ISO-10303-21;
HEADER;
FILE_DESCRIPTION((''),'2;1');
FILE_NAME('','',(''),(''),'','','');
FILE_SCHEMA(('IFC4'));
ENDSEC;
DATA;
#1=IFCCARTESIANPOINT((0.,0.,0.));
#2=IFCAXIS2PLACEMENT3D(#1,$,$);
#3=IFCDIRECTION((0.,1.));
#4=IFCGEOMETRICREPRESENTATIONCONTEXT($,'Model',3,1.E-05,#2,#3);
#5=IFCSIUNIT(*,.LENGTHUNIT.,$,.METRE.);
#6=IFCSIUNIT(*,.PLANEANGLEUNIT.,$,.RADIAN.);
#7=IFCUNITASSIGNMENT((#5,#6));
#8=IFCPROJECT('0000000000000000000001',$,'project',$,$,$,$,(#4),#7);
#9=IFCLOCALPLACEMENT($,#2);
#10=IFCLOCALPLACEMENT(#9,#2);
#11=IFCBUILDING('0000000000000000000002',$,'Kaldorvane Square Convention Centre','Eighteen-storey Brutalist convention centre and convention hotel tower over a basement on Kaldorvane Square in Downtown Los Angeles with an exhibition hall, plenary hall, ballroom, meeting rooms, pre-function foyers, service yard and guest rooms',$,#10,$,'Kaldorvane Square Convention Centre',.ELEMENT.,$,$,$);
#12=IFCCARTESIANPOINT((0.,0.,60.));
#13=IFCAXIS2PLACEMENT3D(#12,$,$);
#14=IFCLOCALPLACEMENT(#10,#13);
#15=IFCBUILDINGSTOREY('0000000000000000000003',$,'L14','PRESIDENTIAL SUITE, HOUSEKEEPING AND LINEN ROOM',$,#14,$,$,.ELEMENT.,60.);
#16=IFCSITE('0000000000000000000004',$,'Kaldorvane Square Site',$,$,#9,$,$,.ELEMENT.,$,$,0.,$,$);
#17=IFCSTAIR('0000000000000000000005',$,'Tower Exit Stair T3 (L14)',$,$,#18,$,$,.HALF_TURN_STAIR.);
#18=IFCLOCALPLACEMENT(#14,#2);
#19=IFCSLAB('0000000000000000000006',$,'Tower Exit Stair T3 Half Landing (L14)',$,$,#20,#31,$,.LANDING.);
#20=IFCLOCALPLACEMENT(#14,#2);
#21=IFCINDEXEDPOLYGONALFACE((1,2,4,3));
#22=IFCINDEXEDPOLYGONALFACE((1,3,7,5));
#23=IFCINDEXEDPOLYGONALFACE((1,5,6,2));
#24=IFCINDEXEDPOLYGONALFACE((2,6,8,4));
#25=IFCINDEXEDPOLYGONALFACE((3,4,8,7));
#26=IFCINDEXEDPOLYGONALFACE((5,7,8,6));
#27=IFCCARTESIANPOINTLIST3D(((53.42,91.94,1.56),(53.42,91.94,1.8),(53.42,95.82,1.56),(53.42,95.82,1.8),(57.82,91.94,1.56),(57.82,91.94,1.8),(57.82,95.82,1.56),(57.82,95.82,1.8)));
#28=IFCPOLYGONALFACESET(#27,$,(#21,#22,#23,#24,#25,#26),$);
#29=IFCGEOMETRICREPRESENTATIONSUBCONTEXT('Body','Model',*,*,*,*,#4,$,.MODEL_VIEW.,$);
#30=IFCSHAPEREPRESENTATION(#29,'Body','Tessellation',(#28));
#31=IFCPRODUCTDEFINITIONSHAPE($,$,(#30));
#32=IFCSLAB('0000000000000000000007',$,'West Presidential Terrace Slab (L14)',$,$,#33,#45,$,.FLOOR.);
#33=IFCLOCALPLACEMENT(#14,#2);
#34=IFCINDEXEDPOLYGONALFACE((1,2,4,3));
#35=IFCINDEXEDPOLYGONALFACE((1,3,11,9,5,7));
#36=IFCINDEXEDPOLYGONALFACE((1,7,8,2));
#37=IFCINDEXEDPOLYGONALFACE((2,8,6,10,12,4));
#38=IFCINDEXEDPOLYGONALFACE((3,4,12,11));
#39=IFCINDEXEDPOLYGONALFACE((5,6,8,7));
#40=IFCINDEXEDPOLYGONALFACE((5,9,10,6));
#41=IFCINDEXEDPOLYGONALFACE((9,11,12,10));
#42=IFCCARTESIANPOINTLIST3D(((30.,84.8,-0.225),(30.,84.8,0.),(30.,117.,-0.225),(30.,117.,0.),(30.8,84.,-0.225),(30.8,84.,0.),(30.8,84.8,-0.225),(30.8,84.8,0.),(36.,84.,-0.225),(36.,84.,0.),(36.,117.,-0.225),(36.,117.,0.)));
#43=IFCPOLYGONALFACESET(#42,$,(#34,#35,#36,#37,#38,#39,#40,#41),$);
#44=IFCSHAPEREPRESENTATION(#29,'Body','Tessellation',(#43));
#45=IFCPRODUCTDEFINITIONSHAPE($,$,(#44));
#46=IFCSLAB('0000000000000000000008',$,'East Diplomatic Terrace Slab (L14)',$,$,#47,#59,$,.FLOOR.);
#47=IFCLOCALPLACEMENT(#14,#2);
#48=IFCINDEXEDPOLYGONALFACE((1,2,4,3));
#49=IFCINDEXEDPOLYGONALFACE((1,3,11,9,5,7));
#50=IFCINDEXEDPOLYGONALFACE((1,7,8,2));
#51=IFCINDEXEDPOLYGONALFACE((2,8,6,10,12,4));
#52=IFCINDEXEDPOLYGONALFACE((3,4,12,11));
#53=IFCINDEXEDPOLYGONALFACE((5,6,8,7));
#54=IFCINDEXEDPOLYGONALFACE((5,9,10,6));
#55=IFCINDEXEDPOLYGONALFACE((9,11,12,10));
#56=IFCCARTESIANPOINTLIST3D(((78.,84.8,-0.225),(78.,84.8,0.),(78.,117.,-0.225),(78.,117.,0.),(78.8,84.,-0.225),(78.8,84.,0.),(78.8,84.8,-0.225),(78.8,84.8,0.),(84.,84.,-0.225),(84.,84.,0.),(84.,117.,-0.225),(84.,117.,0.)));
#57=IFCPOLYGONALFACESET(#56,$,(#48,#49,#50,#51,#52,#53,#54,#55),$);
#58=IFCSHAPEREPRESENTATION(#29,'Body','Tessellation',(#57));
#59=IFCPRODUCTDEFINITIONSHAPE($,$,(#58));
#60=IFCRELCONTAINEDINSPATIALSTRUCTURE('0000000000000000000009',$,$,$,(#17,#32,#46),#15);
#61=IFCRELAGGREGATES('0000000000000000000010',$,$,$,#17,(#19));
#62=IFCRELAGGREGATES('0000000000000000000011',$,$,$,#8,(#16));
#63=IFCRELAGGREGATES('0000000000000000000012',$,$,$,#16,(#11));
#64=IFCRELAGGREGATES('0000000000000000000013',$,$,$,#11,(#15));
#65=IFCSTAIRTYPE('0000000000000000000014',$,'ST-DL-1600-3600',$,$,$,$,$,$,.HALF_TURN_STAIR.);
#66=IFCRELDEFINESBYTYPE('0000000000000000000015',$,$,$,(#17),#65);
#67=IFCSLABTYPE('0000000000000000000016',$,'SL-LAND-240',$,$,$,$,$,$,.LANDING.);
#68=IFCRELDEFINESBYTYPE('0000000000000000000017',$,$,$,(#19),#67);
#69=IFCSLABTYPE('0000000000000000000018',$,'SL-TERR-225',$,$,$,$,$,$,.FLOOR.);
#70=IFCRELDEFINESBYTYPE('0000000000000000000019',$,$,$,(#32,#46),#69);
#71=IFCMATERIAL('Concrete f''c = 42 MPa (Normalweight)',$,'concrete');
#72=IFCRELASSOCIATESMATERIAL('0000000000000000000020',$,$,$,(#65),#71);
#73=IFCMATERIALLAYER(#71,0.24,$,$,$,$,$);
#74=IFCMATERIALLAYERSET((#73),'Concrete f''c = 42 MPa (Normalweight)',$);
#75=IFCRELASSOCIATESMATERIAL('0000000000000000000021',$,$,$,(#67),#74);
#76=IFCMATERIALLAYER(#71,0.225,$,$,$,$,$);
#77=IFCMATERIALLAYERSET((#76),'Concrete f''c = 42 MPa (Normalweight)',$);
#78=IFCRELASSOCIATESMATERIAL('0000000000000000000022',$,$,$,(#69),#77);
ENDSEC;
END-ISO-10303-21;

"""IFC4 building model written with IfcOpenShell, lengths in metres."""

from ifc_helpers import new_model, si_unit, direction, frame, origin, place, context, subcontext, project, spatial, polyline, outline, extrude, material, layer, layer_set, type_object, element, aggregate, save


model = new_model("IFC4")

# Units and contexts
model_context = context("Model", 3, precision=1e-05, world=origin(), true_north=direction((0.0, 1.0)))
body_context = subcontext(model_context, "Body", "Model", "MODEL_VIEW")
ifc_project = project(units=[si_unit("LENGTHUNIT", "METRE"), si_unit("PLANEANGLEUNIT", "RADIAN")], contexts=[model_context])

# Site, building, storey
site_placement = place(None, origin())
site = spatial("IfcSite", under=ifc_project, at=site_placement, Name="Kaldorvane Square Site", CompositionType="ELEMENT", RefElevation=0.0)
building_placement = place(site_placement, origin())
building = spatial("IfcBuilding", under=site, at=building_placement, Name="Kaldorvane Square Convention Centre", Description="Eighteen-storey Brutalist convention centre and convention hotel tower over a basement on Kaldorvane Square in Downtown Los Angeles with an exhibition hall, plenary hall, ballroom, meeting rooms, pre-function foyers, service yard and guest rooms", LongName="Kaldorvane Square Convention Centre", CompositionType="ELEMENT")
storey_placement = place(building_placement, frame((0.0, 0.0, 60.0)))
storey = spatial("IfcBuildingStorey", under=building, at=storey_placement, Name="L14", Description="PRESIDENTIAL SUITE, HOUSEKEEPING AND LINEN ROOM", CompositionType="ELEMENT", Elevation=60.0)

# Shared definitions
ifc_material = material(Name="Concrete f'c = 42 MPa (Normalweight)", Category="concrete")

# Stair, slab
stair_type = type_object("IfcStairType", Name="ST-DL-1600-3600", PredefinedType="HALF_TURN_STAIR", material=ifc_material)
ifc_layer_1 = layer(ifc_material, 0.24)
ifc_layer_set_1 = layer_set([ifc_layer_1], Name="Concrete f'c = 42 MPa (Normalweight)")
slab_type_1 = type_object("IfcSlabType", Name="SL-LAND-240", PredefinedType="LANDING", material=ifc_layer_set_1)
stair_1_placement = place(storey_placement, origin())
stair_1 = element("IfcStair", 1, at=stair_1_placement, inside=storey, type_object=stair_type, Name="Tower Exit Stair T3 (L14)", PredefinedType="HALF_TURN_STAIR")
slab_1_placement = place(storey_placement, frame((0.0, 0.0, 1.56)))
slab_1 = element("IfcSlab", 2, at=slab_1_placement, type_object=slab_type_1, Name="Tower Exit Stair T3 Half Landing (L14)", PredefinedType="LANDING", context=body_context, shape_type="SweptSolid", body=[
    extrude(outline(polyline([(53.42, 91.94), (57.82, 91.94), (57.82, 95.82), (53.42, 95.82), (53.42, 91.94)])), origin(), (0.0, 0.0, 1.0), 0.24),
])
aggregate(stair_1, [slab_1])

# Slabs
ifc_layer_2 = layer(ifc_material, 0.225)
ifc_layer_set_2 = layer_set([ifc_layer_2], Name="Concrete f'c = 42 MPa (Normalweight)")
slab_type_2 = type_object("IfcSlabType", Name="SL-TERR-225", PredefinedType="FLOOR", material=ifc_layer_set_2)
slab_2_placement = place(storey_placement, frame((0.0, 0.0, -0.225)))
element("IfcSlab", 3, at=slab_2_placement, inside=storey, type_object=slab_type_2, Name="West Presidential Terrace Slab (L14)", PredefinedType="FLOOR", context=body_context, shape_type="SweptSolid", body=[
    extrude(outline(polyline([(30.0, 117.0), (36.0, 117.0), (36.0, 84.0), (30.8, 84.0), (30.8, 84.8), (30.0, 84.8), (30.0, 117.0)])), origin(), (0.0, 0.0, 1.0), 0.225),
])
slab_3_placement = place(storey_placement, frame((0.0, 0.0, -0.225)))
element("IfcSlab", 4, at=slab_3_placement, inside=storey, type_object=slab_type_2, Name="East Diplomatic Terrace Slab (L14)", PredefinedType="FLOOR", context=body_context, shape_type="SweptSolid", body=[
    extrude(outline(polyline([(78.0, 117.0), (84.0, 117.0), (84.0, 84.0), (78.8, 84.0), (78.8, 84.8), (78.0, 84.8), (78.0, 117.0)])), origin(), (0.0, 0.0, 1.0), 0.225),
])

save(model, "model.ifc")
